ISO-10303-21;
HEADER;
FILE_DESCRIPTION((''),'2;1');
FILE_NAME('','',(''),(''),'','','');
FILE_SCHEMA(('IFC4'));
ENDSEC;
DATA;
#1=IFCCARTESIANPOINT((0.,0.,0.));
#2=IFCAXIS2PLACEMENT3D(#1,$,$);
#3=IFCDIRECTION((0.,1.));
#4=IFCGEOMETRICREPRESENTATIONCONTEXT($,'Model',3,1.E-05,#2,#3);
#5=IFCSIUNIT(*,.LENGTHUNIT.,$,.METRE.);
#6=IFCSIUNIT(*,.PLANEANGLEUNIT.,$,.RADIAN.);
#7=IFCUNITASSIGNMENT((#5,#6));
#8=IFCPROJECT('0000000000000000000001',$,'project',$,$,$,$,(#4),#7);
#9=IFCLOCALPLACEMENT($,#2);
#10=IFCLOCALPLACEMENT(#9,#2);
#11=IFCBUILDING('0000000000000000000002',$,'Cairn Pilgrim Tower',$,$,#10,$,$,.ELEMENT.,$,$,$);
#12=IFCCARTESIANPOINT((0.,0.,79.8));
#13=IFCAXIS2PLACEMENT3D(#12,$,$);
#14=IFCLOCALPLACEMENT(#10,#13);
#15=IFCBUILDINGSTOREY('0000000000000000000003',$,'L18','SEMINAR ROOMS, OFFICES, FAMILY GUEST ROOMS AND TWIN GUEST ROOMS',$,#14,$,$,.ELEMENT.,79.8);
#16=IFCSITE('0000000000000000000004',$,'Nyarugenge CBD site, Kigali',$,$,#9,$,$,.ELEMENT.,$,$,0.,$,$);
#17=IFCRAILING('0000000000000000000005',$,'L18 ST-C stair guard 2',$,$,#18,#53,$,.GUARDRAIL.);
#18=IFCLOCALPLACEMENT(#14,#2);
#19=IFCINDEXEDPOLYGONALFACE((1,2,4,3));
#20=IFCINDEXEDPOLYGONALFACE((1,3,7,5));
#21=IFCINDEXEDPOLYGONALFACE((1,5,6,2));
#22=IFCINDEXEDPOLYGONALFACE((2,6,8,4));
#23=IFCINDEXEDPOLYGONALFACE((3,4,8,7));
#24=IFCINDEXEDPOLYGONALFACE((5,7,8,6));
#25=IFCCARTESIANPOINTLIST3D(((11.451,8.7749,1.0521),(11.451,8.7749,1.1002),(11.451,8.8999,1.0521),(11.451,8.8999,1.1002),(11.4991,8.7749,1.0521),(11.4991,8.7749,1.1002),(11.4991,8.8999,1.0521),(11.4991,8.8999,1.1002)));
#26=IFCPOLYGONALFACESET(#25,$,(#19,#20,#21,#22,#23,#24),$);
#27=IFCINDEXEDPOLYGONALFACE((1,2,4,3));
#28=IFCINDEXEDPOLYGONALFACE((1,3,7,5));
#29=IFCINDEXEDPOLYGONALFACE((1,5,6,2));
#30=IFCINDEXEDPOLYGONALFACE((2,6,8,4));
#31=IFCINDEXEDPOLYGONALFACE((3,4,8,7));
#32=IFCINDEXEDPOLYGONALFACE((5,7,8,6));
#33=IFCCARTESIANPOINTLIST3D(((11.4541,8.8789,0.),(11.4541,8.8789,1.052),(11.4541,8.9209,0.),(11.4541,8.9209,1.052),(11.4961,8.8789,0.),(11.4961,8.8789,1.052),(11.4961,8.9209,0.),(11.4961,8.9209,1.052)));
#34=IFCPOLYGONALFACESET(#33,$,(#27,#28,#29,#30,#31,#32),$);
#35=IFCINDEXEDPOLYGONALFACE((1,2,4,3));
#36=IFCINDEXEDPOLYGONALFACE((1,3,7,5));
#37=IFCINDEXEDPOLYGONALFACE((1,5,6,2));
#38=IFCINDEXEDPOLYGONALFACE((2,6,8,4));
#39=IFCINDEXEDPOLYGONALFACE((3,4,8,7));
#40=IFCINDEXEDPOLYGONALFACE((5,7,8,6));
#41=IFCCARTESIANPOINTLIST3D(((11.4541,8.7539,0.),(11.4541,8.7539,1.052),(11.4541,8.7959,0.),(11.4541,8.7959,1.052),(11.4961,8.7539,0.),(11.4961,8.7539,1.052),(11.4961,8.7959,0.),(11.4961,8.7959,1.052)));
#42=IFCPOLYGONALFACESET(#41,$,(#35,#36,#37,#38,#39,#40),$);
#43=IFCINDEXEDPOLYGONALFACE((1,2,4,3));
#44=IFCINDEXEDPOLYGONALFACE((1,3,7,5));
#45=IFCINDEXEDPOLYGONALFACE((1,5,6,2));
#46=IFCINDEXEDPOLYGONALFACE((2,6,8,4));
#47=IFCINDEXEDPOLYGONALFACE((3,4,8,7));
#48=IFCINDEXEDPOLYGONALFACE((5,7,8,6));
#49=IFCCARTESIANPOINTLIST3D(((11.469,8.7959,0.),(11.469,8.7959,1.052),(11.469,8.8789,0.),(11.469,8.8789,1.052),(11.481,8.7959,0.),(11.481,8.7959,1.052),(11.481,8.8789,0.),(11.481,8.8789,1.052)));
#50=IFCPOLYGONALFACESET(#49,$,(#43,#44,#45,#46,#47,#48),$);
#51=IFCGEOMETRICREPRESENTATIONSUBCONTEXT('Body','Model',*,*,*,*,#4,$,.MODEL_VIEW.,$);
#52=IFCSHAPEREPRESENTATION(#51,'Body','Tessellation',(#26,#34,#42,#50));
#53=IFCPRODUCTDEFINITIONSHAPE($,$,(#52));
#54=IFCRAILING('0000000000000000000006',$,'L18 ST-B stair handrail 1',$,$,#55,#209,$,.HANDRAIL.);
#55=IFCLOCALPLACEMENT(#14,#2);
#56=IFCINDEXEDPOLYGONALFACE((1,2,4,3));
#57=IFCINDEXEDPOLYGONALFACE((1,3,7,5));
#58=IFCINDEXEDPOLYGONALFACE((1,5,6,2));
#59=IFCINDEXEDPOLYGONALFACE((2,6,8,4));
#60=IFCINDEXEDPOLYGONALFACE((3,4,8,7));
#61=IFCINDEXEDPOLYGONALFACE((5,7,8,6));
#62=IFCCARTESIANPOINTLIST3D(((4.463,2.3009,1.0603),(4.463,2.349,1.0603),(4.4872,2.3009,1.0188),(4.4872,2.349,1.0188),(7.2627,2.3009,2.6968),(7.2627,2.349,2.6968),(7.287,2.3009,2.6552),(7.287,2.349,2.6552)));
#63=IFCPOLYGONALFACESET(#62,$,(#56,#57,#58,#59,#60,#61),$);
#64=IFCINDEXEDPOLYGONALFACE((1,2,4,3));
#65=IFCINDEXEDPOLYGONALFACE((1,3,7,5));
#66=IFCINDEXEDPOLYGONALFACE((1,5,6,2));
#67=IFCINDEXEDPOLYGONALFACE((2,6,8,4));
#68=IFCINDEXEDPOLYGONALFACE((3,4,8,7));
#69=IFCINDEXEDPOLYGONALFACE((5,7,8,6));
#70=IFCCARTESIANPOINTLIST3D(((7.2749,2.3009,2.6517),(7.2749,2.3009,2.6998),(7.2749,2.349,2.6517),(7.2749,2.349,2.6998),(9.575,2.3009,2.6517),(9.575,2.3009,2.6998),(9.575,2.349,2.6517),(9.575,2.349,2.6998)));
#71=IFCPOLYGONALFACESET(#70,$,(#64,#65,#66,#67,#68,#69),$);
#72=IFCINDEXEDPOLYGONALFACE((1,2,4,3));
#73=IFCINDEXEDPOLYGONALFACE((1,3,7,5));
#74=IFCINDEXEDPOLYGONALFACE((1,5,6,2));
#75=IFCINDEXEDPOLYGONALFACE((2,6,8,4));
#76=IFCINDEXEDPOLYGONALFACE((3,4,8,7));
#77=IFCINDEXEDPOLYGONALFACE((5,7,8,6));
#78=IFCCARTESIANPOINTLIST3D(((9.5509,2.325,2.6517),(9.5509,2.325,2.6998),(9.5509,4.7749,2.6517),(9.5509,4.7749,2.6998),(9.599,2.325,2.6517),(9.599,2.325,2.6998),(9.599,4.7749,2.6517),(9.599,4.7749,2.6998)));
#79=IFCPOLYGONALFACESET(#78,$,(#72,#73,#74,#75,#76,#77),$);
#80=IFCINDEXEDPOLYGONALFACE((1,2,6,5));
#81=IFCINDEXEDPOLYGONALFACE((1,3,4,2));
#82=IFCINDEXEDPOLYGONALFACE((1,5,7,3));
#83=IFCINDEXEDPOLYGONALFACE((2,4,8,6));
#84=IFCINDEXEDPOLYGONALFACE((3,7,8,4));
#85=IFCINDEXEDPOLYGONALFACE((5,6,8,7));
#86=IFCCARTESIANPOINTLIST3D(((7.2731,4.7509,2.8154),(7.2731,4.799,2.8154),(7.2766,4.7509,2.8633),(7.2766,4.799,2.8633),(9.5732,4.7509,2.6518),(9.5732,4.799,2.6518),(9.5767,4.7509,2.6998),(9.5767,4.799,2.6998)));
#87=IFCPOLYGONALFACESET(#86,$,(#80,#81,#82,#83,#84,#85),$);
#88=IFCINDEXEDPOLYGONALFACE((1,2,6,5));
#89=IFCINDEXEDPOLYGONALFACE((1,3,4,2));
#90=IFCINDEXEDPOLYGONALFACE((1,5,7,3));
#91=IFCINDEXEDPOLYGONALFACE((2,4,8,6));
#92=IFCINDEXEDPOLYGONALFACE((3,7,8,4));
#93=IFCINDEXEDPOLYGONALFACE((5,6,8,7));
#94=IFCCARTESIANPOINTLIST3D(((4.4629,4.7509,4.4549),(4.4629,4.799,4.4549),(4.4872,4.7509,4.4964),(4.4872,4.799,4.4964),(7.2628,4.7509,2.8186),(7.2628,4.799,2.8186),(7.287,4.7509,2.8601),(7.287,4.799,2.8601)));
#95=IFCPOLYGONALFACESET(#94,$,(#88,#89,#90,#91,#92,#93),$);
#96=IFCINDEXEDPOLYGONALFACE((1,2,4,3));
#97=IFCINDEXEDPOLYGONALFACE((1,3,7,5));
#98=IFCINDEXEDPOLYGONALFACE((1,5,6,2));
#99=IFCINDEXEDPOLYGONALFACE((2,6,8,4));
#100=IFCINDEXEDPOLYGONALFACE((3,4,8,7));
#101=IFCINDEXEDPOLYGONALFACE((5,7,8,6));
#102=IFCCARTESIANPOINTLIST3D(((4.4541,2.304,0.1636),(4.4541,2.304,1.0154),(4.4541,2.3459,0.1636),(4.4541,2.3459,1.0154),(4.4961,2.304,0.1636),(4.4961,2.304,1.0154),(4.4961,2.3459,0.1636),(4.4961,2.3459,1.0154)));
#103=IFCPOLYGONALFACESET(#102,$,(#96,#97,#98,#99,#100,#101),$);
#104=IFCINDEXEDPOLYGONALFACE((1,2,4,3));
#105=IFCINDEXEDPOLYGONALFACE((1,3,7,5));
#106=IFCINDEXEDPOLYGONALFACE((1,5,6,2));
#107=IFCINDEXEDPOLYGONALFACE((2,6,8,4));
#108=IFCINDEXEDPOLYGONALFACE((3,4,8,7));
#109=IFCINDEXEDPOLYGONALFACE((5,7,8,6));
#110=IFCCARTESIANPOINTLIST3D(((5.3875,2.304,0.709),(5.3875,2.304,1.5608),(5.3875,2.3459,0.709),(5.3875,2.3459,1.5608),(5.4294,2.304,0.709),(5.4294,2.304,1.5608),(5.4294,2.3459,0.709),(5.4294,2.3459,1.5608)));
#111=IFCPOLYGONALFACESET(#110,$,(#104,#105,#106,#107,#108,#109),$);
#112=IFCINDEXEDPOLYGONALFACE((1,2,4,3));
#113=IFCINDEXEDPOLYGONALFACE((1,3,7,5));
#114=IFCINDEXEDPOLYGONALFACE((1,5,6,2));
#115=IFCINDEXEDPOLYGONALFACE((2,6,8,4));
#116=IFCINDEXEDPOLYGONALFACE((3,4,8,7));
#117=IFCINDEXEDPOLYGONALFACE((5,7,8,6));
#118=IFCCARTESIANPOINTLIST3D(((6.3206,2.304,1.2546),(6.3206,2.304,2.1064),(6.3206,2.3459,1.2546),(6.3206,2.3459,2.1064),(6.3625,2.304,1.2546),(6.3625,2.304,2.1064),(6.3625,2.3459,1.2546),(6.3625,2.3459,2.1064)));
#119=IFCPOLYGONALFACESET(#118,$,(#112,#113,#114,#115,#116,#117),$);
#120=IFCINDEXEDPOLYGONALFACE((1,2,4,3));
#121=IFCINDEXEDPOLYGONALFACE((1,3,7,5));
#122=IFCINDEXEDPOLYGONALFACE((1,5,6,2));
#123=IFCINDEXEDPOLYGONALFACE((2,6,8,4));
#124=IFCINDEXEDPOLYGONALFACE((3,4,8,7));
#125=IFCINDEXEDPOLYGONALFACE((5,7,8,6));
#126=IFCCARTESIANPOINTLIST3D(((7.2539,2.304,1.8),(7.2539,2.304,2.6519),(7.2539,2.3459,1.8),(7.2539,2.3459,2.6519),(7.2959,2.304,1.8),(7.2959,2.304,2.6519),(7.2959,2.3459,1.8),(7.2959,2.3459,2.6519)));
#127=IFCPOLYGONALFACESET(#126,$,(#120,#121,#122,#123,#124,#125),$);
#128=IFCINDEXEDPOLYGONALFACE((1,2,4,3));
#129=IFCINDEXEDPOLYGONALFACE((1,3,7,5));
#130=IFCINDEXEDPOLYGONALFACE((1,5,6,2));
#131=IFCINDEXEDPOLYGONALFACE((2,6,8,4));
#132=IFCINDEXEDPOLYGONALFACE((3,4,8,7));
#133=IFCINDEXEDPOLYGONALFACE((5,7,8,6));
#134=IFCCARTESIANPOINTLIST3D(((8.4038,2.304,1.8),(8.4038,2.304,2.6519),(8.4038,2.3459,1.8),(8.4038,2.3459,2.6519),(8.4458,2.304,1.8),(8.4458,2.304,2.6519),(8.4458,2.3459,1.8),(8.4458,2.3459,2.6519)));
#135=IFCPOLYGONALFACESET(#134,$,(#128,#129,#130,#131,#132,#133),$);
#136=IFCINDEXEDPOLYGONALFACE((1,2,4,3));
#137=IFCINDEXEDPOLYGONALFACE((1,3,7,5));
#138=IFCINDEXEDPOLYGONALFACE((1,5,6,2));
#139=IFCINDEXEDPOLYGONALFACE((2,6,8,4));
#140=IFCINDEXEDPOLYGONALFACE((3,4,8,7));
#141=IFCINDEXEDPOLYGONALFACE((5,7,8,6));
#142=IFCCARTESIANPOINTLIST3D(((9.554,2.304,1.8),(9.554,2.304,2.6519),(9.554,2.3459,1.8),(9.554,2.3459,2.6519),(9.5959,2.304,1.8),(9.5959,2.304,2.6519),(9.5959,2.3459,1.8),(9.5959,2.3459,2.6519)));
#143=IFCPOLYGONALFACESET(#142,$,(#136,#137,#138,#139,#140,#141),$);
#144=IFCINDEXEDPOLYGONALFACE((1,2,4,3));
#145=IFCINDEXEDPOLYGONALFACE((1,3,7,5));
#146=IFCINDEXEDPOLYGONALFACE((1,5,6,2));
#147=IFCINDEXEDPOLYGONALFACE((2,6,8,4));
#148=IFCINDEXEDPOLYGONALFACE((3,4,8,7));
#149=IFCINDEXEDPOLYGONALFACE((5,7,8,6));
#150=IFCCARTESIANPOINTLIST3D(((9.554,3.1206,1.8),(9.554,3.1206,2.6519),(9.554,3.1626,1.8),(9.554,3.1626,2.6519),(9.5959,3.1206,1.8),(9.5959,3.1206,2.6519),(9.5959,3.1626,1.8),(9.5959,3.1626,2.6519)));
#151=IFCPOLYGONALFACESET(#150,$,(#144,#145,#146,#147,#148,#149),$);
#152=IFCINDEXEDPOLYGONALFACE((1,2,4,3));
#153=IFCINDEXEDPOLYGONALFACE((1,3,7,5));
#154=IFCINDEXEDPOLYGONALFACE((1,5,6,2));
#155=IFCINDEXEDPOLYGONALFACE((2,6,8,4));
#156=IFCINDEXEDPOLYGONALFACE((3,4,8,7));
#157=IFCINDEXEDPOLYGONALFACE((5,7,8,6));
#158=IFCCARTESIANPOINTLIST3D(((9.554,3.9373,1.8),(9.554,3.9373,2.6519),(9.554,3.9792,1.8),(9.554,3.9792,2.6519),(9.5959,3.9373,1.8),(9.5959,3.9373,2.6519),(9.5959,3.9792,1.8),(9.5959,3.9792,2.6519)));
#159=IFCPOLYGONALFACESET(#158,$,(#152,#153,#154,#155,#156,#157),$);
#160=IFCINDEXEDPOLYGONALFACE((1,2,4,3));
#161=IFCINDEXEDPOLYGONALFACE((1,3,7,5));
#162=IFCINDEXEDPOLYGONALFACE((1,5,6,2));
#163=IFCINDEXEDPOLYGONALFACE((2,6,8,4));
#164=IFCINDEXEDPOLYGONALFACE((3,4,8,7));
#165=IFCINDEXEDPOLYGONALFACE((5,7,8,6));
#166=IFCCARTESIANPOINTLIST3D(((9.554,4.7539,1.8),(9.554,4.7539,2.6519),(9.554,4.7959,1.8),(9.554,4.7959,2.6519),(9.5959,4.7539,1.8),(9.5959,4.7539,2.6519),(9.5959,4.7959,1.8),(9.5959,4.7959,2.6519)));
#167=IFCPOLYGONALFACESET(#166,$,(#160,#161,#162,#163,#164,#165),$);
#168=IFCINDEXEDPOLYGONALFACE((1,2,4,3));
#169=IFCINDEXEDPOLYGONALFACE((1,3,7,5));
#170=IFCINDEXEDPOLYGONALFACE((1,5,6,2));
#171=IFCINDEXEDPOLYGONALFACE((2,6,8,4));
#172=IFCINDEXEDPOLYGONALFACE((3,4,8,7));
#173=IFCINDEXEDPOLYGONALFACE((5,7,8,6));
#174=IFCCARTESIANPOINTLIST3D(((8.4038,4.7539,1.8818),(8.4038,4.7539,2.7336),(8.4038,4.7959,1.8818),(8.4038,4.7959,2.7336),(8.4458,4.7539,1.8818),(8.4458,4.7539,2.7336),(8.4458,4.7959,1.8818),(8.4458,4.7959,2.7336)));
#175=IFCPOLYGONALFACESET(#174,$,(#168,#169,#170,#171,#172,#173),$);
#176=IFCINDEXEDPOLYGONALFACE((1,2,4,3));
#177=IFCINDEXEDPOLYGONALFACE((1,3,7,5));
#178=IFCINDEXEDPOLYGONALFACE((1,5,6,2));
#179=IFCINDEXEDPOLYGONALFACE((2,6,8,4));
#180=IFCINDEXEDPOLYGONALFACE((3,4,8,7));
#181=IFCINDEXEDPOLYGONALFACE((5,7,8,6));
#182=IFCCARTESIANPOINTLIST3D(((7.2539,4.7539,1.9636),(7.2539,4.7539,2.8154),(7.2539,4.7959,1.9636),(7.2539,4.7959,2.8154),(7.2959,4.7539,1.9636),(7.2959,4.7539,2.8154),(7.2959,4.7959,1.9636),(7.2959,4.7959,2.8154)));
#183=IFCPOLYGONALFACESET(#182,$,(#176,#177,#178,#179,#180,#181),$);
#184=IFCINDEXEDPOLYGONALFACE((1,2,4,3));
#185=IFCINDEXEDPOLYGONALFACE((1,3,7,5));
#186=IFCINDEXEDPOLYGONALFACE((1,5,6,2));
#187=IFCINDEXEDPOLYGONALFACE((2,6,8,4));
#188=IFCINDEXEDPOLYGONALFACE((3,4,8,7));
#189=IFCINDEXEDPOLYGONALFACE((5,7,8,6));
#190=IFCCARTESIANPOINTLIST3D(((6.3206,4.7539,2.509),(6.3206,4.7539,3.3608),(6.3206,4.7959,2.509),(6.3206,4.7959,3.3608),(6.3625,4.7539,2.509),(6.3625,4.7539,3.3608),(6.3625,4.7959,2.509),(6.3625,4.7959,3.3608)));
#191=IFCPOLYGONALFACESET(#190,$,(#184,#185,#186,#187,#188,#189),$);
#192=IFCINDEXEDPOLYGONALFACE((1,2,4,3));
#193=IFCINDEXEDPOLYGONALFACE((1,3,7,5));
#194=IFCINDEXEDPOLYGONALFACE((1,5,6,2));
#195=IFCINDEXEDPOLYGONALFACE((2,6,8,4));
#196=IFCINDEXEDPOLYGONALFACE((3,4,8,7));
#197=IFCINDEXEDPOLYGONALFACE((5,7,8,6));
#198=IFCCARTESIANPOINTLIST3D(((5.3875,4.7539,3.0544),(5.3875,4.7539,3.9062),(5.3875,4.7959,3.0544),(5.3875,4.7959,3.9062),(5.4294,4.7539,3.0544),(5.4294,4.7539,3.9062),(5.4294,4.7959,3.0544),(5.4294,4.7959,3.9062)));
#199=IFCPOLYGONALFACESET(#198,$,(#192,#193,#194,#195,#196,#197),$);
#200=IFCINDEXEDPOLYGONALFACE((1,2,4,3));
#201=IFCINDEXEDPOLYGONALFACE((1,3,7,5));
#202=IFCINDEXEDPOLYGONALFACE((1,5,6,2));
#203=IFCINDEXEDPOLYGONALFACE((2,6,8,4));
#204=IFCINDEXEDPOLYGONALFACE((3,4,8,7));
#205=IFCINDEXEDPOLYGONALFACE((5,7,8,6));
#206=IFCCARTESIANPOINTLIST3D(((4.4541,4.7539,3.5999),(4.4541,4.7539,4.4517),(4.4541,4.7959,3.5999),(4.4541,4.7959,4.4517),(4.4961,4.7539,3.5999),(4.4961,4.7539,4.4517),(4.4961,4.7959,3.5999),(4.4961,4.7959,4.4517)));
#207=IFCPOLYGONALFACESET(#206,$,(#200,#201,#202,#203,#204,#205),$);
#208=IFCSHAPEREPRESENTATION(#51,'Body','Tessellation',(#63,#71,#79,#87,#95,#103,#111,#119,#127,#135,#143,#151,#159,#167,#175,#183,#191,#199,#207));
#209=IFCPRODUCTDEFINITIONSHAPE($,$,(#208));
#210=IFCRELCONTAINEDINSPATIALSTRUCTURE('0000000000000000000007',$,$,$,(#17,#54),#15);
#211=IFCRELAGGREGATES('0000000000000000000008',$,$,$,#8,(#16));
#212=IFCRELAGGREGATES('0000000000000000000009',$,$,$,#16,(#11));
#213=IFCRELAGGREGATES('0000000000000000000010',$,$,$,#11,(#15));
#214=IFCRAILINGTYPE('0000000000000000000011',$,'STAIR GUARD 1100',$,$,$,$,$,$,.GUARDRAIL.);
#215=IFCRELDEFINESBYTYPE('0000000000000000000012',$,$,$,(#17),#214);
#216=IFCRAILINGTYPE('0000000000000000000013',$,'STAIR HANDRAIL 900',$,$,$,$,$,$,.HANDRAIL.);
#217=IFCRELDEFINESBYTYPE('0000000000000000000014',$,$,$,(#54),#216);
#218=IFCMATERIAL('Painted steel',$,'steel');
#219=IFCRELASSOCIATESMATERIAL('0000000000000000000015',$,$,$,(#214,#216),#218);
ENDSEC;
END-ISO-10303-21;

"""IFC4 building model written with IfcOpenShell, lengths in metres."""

from ifc_helpers import new_model, si_unit, direction, frame, origin, origin_2d, place, context, subcontext, project, spatial, polyline, rectangle, outline, extrude, material, type_object, element, save


model = new_model("IFC4")

# Units and contexts
model_context = context("Model", 3, precision=1e-05, world=origin(), true_north=direction((0.0, 1.0)))
body_context = subcontext(model_context, "Body", "Model", "MODEL_VIEW")
ifc_project = project(units=[si_unit("LENGTHUNIT", "METRE"), si_unit("PLANEANGLEUNIT", "RADIAN")], contexts=[model_context])

# Site, building, storey
site_placement = place(None, origin())
site = spatial("IfcSite", under=ifc_project, at=site_placement, Name="Nyarugenge CBD site, Kigali", CompositionType="ELEMENT", RefElevation=0.0)
building_placement = place(site_placement, origin())
building = spatial("IfcBuilding", under=site, at=building_placement, Name="Cairn Pilgrim Tower", CompositionType="ELEMENT")
storey_placement = place(building_placement, frame((0.0, 0.0, 79.8)))
storey = spatial("IfcBuildingStorey", under=building, at=storey_placement, Name="L18", Description="SEMINAR ROOMS, OFFICES, FAMILY GUEST ROOMS AND TWIN GUEST ROOMS", CompositionType="ELEMENT", Elevation=79.8)

# Shared definitions
ifc_material_1 = material(Name="Painted steel", Category="steel")

# Railings
railing_type_1 = type_object("IfcRailingType", Name="STAIR GUARD 1100", PredefinedType="GUARDRAIL", material=ifc_material_1)
railing_1_placement = place(storey_placement, frame((11.4751, 8.8999, 0.0)))
element("IfcRailing", 1, at=railing_1_placement, inside=storey, type_object=railing_type_1, Name="L18 ST-C stair guard 2", PredefinedType="GUARDRAIL", context=body_context, shape_type="SweptSolid", body=[
    extrude(rectangle(XDim=0.0481, YDim=0.0481, at=origin_2d()), frame((0.0, 0.0, 1.0762), z_axis=(0.0, -1.0, 0.0), x_axis=(1.0, 0.0, 0.0)), (0.0, 0.0, 1.0), 0.125),
    extrude(rectangle(XDim=0.042, YDim=0.042, at=origin_2d()), origin(), (0.0, 0.0, 1.0), 1.052),
    extrude(rectangle(XDim=0.042, YDim=0.042, at=origin_2d()), frame((0.0, -0.125, 0.0)), (0.0, 0.0, 1.0), 1.052),
    extrude(outline(polyline([(0.021, 0.0), (0.104, 0.0), (0.104, 1.052), (0.021, 1.052), (0.021, 0.0)])), frame((0.0059, 0.0, 0.0), z_axis=(-1.0, 0.0, 0.0), x_axis=(0.0, -1.0, 0.0)), (0.0, 0.0, 1.0), 0.012),
])
railing_type_2 = type_object("IfcRailingType", Name="STAIR HANDRAIL 900", PredefinedType="HANDRAIL", material=ifc_material_1)
railing_2_placement = place(storey_placement, frame((4.4751, 2.325, 0.1636)))
element("IfcRailing", 2, at=railing_2_placement, inside=storey, type_object=railing_type_2, Name="L18 ST-B stair handrail 1", PredefinedType="HANDRAIL", context=body_context, shape_type="SweptSolid", body=[
    extrude(rectangle(XDim=0.0481, YDim=0.0481, at=origin_2d()), frame((0.0, 0.0, 0.876), z_axis=(0.863342, 0.0, 0.50462), x_axis=(0.0, 1.0, 0.0)), (0.0, 0.0, 1.0), 3.2429),
    extrude(rectangle(XDim=0.0481, YDim=0.0481, at=origin_2d()), frame((2.7998, 0.0, 2.5122), z_axis=(1.0, 0.0, 0.0), x_axis=(0.0, 1.0, 0.0)), (0.0, 0.0, 1.0), 2.3),
    extrude(rectangle(XDim=0.0481, YDim=0.0481, at=origin_2d()), frame((5.0999, 0.0, 2.5122), z_axis=(0.0, 1.0, 0.0), x_axis=(-1.0, 0.0, 0.0)), (0.0, 0.0, 1.0), 2.45),
    extrude(rectangle(XDim=0.0481, YDim=0.0481, at=origin_2d()), frame((5.0999, 2.45, 2.5122), z_axis=(-0.997481, 0.0, 0.070939), x_axis=(0.0, -1.0, 0.0)), (0.0, 0.0, 1.0), 2.3059),
    extrude(rectangle(XDim=0.0481, YDim=0.0481, at=origin_2d()), frame((2.7998, 2.45, 2.6758), z_axis=(-0.863374, 0.0, 0.504564), x_axis=(0.0, -1.0, 0.0)), (0.0, 0.0, 1.0), 3.2429),
    extrude(rectangle(XDim=0.042, YDim=0.042, at=origin_2d()), origin(), (0.0, 0.0, 1.0), 0.8518),
    extrude(rectangle(XDim=0.042, YDim=0.042, at=origin_2d()), frame((0.9333, 0.0, 0.5454)), (0.0, 0.0, 1.0), 0.8518),
    extrude(rectangle(XDim=0.042, YDim=0.042, at=origin_2d()), frame((1.8665, 0.0, 1.0911)), (0.0, 0.0, 1.0), 0.8518),
    extrude(rectangle(XDim=0.042, YDim=0.042, at=origin_2d()), frame((2.7998, 0.0, 1.6365)), (0.0, 0.0, 1.0), 0.8518),
    extrude(rectangle(XDim=0.042, YDim=0.042, at=origin_2d()), frame((3.9497, 0.0, 1.6365)), (0.0, 0.0, 1.0), 0.8518),
    extrude(rectangle(XDim=0.042, YDim=0.042, at=origin_2d()), frame((5.0999, 0.0, 1.6365)), (0.0, 0.0, 1.0), 0.8518),
    extrude(rectangle(XDim=0.042, YDim=0.042, at=origin_2d()), frame((5.0999, 0.8167, 1.6365)), (0.0, 0.0, 1.0), 0.8518),
    extrude(rectangle(XDim=0.042, YDim=0.042, at=origin_2d()), frame((5.0999, 1.6333, 1.6365)), (0.0, 0.0, 1.0), 0.8518),
    extrude(rectangle(XDim=0.042, YDim=0.042, at=origin_2d()), frame((5.0999, 2.45, 1.6365)), (0.0, 0.0, 1.0), 0.8518),
    extrude(rectangle(XDim=0.042, YDim=0.042, at=origin_2d()), frame((3.9497, 2.45, 1.7183)), (0.0, 0.0, 1.0), 0.8518),
    extrude(rectangle(XDim=0.042, YDim=0.042, at=origin_2d()), frame((2.7998, 2.45, 1.8)), (0.0, 0.0, 1.0), 0.8518),
    extrude(rectangle(XDim=0.042, YDim=0.042, at=origin_2d()), frame((1.8665, 2.45, 2.3455)), (0.0, 0.0, 1.0), 0.8518),
    extrude(rectangle(XDim=0.042, YDim=0.042, at=origin_2d()), frame((0.9333, 2.45, 2.8909)), (0.0, 0.0, 1.0), 0.8518),
    extrude(rectangle(XDim=0.042, YDim=0.042, at=origin_2d()), frame((0.0, 2.45, 3.4363)), (0.0, 0.0, 1.0), 0.8518),
])

save(model, "model.ifc")
